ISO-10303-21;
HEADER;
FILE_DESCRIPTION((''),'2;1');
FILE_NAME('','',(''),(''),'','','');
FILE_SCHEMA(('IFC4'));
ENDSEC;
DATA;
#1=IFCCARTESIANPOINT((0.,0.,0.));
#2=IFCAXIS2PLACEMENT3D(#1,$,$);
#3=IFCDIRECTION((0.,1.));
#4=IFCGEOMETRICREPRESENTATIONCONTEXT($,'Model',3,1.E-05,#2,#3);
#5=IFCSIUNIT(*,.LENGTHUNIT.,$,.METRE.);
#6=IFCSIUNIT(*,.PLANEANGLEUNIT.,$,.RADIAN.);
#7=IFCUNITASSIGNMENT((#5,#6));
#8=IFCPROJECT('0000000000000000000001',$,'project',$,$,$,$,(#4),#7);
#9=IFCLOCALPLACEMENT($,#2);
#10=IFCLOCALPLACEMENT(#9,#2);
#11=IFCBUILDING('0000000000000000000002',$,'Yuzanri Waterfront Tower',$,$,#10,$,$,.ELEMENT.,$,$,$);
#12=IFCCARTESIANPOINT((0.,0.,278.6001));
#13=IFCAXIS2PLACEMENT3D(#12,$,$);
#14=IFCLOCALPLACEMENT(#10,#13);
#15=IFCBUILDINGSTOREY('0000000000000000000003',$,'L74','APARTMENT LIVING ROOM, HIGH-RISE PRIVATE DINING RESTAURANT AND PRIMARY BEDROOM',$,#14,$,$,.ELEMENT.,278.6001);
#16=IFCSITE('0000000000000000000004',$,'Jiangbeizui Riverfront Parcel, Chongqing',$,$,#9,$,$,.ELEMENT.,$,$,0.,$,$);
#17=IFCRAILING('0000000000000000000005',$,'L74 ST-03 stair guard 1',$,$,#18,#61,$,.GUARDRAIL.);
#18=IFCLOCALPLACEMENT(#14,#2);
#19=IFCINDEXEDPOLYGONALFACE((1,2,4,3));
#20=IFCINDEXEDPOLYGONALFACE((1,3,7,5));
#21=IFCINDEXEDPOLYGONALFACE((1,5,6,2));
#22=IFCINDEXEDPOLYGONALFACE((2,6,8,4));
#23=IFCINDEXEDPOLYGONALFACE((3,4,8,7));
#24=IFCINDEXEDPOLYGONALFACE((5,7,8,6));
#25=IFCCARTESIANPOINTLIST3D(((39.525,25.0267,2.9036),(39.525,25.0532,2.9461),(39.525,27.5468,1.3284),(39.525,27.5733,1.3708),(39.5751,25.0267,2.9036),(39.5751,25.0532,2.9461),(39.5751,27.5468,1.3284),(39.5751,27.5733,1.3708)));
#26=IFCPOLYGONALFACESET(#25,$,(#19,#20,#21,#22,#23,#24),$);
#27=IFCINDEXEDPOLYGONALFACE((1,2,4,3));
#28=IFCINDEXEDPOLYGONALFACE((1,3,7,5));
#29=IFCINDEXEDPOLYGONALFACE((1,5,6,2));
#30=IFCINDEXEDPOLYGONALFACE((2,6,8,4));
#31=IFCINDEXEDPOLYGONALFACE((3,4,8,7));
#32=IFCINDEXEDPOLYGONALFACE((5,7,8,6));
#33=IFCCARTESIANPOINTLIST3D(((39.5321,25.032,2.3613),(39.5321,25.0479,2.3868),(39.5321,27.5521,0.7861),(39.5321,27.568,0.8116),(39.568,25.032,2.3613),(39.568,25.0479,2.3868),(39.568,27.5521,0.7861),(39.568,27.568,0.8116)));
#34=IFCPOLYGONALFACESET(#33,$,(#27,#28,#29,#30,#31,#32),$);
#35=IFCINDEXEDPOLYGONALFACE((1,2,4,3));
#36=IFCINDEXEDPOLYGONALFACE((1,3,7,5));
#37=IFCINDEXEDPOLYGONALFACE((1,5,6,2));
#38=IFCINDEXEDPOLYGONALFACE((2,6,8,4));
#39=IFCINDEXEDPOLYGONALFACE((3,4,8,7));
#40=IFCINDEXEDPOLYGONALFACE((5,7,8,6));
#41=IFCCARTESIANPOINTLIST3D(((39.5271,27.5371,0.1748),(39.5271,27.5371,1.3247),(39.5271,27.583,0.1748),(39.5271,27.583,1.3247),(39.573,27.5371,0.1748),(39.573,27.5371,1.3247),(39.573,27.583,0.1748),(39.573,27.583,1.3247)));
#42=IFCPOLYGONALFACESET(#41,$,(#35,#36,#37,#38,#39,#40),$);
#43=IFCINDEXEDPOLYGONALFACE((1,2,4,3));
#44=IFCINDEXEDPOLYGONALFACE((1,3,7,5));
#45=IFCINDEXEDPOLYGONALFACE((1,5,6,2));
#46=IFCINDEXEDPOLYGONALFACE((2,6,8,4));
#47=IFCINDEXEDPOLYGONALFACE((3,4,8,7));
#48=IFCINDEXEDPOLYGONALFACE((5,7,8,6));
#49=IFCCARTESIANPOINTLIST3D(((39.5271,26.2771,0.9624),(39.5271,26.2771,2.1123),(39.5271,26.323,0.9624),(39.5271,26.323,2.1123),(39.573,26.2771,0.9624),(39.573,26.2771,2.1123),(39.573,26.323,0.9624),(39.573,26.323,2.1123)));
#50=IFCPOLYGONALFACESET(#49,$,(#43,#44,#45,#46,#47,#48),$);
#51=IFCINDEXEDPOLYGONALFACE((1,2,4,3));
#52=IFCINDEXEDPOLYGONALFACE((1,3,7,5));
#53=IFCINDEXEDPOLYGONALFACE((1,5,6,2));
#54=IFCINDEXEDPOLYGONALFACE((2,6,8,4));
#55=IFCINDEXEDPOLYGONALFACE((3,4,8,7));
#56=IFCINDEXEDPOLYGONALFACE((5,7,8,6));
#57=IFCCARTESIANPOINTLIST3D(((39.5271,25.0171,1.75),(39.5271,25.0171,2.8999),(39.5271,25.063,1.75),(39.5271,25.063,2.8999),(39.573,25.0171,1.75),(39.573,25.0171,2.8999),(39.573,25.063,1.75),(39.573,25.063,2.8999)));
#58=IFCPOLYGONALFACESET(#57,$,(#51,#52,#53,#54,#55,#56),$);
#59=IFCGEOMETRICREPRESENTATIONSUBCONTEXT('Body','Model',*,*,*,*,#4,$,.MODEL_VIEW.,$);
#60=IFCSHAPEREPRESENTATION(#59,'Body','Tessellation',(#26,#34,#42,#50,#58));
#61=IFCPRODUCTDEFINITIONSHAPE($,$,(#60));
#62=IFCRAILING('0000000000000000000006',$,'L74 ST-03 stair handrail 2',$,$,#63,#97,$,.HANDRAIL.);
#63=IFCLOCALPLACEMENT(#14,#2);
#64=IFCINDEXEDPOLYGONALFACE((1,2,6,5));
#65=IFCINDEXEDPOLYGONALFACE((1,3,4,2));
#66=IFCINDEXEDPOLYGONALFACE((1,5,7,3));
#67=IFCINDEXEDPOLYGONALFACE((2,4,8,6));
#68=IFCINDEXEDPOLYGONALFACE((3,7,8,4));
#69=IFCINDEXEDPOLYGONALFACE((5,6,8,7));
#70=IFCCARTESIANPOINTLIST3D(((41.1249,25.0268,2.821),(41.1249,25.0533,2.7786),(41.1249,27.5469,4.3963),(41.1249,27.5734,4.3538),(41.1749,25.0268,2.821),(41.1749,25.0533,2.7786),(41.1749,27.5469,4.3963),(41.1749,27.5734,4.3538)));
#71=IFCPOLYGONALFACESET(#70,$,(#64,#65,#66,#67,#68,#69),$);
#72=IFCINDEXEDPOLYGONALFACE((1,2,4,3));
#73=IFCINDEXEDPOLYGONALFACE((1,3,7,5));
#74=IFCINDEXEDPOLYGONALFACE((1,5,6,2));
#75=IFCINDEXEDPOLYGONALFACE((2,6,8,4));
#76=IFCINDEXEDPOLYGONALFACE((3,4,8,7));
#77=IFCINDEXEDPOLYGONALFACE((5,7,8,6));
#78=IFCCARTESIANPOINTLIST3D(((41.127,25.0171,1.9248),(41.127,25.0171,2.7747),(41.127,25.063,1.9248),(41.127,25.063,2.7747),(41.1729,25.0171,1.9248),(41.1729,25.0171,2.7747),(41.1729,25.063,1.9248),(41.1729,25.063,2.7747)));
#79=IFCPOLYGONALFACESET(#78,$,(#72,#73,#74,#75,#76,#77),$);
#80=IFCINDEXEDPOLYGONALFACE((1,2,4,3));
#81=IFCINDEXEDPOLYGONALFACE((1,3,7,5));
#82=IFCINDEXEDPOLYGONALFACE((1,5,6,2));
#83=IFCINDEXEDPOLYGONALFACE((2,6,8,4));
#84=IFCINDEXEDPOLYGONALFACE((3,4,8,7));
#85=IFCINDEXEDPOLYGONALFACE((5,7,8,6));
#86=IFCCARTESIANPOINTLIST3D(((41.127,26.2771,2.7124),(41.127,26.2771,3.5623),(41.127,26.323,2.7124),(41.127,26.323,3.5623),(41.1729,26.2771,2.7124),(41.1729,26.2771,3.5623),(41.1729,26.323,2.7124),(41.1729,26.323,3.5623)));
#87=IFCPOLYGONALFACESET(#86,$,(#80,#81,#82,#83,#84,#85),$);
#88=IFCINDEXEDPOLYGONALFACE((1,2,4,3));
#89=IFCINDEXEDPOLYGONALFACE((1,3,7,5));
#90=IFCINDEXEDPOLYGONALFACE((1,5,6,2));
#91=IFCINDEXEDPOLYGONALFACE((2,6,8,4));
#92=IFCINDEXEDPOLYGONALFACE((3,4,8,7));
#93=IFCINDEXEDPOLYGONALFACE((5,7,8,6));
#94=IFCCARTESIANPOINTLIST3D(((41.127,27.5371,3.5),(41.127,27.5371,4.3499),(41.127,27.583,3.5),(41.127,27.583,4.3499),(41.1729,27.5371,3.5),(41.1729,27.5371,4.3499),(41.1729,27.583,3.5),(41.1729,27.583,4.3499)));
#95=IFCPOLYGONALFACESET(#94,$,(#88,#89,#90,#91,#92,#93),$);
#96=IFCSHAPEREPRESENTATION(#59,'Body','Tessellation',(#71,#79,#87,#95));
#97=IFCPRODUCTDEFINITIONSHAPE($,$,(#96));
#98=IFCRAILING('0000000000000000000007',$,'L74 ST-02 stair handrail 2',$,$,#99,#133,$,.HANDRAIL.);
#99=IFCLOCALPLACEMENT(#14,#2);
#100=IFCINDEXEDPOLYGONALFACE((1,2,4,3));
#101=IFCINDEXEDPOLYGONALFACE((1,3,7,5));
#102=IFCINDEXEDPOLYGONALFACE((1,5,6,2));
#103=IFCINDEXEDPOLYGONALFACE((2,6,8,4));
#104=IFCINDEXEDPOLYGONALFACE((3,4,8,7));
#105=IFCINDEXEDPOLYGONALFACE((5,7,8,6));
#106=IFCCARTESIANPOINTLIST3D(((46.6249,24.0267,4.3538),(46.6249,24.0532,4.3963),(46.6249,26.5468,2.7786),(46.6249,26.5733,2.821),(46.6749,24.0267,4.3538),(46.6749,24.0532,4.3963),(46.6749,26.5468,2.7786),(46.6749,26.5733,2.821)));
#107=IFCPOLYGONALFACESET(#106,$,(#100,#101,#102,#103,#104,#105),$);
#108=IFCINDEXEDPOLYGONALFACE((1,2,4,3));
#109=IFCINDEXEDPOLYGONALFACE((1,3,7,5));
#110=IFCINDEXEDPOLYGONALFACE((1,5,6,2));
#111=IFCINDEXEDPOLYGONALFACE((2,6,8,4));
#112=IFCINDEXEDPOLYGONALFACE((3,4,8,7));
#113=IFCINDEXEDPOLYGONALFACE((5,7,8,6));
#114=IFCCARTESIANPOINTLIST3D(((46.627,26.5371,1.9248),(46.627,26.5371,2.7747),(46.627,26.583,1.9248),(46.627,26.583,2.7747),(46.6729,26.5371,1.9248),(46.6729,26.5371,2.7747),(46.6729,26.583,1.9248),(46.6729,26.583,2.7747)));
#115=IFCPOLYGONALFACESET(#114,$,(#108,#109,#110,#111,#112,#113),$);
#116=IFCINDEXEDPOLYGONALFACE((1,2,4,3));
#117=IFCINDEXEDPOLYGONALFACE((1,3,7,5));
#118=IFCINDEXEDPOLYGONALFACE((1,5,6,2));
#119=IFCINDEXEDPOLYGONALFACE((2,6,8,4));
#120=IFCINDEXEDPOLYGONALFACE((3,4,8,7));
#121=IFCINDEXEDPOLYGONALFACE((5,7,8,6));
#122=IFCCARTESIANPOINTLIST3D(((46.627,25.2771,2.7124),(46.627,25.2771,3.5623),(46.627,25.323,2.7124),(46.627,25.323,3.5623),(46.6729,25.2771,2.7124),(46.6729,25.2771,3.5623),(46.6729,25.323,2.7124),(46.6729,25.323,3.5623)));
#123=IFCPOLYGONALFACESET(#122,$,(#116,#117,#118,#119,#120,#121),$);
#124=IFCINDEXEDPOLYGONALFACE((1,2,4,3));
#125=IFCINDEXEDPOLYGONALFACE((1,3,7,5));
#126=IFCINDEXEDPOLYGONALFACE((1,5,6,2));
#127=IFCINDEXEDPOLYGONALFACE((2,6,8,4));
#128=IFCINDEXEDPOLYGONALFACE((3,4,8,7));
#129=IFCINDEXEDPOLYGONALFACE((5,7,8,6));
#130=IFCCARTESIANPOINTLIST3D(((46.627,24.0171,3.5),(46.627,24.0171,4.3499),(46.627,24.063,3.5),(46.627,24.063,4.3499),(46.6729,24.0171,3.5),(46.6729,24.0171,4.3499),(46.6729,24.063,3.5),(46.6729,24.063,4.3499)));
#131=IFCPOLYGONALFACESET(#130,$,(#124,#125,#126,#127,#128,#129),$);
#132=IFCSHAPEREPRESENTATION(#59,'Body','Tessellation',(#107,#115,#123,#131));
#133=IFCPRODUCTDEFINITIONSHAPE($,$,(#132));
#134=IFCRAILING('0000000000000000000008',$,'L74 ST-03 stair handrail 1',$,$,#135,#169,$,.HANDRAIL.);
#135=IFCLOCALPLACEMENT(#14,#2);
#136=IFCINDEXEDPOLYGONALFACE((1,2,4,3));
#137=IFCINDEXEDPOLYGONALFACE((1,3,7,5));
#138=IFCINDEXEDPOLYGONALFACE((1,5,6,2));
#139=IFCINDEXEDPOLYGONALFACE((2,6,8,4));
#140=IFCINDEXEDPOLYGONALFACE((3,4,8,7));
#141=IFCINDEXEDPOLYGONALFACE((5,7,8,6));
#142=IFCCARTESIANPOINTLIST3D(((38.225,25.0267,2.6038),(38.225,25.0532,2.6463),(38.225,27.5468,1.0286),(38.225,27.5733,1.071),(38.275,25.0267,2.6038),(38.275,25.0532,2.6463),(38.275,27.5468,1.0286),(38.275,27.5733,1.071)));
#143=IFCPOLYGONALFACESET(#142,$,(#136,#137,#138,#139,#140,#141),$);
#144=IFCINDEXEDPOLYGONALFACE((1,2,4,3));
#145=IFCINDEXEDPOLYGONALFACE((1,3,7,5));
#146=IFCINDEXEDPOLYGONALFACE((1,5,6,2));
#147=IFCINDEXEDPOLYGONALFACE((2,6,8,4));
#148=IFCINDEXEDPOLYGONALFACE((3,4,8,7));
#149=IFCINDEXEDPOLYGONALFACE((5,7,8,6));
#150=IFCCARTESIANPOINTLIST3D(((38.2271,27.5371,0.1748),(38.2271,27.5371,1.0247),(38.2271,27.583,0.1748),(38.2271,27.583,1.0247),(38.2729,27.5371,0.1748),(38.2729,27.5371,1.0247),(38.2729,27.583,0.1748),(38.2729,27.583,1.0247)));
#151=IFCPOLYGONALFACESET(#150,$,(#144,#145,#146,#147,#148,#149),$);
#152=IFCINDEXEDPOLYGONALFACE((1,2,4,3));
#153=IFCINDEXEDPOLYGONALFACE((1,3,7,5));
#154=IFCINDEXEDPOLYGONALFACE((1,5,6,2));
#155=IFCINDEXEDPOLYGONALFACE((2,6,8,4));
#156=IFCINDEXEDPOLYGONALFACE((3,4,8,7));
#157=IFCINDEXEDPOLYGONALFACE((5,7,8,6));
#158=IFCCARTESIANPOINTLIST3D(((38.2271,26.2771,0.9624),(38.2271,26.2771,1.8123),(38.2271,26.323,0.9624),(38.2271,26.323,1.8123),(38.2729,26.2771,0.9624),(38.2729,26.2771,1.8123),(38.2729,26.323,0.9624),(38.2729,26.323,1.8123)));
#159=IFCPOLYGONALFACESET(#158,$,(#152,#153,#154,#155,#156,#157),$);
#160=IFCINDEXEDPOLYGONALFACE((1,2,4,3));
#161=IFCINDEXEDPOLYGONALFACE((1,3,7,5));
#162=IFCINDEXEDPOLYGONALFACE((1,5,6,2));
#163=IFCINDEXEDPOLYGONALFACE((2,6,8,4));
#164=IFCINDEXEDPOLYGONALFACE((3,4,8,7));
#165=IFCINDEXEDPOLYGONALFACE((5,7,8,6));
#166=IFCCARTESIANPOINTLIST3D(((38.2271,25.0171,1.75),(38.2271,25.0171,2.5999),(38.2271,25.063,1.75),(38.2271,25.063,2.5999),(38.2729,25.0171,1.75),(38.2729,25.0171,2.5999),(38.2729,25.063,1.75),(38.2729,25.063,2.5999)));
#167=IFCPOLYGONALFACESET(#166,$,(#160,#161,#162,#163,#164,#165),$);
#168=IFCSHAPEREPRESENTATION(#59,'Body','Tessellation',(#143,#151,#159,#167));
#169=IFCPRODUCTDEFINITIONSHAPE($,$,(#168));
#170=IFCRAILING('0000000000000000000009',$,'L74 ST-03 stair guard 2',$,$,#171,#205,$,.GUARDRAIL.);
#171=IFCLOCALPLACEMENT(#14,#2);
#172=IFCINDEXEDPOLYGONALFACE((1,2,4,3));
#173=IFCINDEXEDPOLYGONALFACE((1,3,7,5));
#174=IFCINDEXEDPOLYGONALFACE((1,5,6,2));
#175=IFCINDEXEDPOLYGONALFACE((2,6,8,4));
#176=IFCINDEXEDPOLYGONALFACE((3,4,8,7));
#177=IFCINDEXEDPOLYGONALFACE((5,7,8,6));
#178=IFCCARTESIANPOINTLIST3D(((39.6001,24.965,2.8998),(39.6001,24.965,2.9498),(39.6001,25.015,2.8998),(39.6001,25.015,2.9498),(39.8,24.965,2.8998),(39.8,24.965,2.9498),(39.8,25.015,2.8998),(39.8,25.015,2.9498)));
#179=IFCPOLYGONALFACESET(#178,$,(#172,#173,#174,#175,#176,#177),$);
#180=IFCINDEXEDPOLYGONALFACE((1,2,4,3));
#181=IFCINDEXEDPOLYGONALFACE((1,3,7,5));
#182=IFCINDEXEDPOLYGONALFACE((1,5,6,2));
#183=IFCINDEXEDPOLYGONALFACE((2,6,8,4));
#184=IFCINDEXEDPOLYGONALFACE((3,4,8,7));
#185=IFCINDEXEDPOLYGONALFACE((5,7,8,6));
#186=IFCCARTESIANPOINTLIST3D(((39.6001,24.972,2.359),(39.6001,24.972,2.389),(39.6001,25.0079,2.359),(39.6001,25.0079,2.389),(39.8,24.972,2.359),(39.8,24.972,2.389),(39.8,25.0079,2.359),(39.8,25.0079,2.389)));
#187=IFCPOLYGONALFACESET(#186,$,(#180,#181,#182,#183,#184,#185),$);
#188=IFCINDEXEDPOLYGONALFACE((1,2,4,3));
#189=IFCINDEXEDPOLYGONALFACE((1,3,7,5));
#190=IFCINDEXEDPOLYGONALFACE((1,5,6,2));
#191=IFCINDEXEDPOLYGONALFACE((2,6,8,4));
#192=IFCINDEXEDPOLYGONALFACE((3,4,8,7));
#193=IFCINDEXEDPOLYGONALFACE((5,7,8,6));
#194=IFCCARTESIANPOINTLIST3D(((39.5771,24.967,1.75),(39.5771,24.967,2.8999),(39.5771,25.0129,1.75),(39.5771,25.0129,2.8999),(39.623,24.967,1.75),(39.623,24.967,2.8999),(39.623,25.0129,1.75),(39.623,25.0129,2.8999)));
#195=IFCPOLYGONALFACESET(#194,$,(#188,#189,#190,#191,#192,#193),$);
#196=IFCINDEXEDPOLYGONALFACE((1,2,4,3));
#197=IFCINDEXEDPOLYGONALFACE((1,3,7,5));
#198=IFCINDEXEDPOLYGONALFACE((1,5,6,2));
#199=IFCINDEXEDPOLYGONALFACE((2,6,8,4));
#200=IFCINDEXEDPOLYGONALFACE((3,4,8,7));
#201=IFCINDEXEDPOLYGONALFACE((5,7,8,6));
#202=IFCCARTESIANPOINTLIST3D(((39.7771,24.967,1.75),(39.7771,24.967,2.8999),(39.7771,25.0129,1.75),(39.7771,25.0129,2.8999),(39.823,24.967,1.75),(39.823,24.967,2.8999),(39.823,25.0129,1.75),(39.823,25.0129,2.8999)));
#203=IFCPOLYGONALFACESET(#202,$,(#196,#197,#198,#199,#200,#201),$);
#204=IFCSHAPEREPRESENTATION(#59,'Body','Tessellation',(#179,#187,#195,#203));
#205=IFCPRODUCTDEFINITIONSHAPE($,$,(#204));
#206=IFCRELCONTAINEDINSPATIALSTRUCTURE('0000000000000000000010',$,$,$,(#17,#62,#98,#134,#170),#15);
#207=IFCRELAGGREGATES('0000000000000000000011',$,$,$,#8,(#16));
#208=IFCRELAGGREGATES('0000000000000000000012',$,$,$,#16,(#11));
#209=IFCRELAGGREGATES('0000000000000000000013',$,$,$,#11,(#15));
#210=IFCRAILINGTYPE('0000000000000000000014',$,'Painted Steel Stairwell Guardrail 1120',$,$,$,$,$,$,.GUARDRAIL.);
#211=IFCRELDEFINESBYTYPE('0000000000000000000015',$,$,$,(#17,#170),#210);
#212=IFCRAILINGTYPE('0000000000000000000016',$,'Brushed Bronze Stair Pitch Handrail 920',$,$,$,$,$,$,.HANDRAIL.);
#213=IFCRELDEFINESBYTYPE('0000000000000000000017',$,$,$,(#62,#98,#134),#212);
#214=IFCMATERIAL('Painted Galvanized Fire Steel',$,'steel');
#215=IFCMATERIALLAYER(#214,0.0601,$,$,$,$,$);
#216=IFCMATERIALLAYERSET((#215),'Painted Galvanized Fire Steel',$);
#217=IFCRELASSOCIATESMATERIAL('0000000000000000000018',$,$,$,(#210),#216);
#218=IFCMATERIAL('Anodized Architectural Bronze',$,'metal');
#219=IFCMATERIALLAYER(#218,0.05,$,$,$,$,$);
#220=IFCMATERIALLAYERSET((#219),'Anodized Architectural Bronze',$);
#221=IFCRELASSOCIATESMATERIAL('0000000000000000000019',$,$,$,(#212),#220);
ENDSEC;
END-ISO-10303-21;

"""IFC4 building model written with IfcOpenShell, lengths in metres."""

from ifc_helpers import new_model, si_unit, direction, frame, origin, origin_2d, place, context, subcontext, project, spatial, rectangle, extrude, source, transform, mapped, material, layer, layer_set, type_object, element, save


model = new_model("IFC4")

# Units and contexts
model_context = context("Model", 3, precision=1e-05, world=origin(), true_north=direction((0.0, 1.0)))
body_context = subcontext(model_context, "Body", "Model", "MODEL_VIEW")
ifc_project = project(units=[si_unit("LENGTHUNIT", "METRE"), si_unit("PLANEANGLEUNIT", "RADIAN")], contexts=[model_context])

# Site, building, storey
site_placement = place(None, origin())
site = spatial("IfcSite", under=ifc_project, at=site_placement, Name="Jiangbeizui Riverfront Parcel, Chongqing", CompositionType="ELEMENT", RefElevation=0.0)
building_placement = place(site_placement, origin())
building = spatial("IfcBuilding", under=site, at=building_placement, Name="Yuzanri Waterfront Tower", CompositionType="ELEMENT")
storey_placement = place(building_placement, frame((0.0, 0.0, 278.6001)))
storey = spatial("IfcBuildingStorey", under=building, at=storey_placement, Name="L74", Description="APARTMENT LIVING ROOM, HIGH-RISE PRIVATE DINING RESTAURANT AND PRIMARY BEDROOM", CompositionType="ELEMENT", Elevation=278.6001)

# Railings
ifc_material_1 = material(Name="Painted Galvanized Fire Steel", Category="steel")
ifc_layer_1 = layer(ifc_material_1, 0.0601)
ifc_layer_set_1 = layer_set([ifc_layer_1], Name="Painted Galvanized Fire Steel")
railing_type_1 = type_object("IfcRailingType", Name="Painted Steel Stairwell Guardrail 1120", PredefinedType="GUARDRAIL", material=ifc_layer_set_1)
shared_shape_1 = source(origin(), body_context, "Body", "SweptSolid", [
    extrude(rectangle(XDim=0.05, YDim=0.05, at=origin_2d()), frame((0.0, 0.0, 1.1748), z_axis=(0.0, -0.847971, 0.530043), x_axis=(1.0, 0.0, 0.0)), (0.0, 0.0, 1.0), 2.9719),
    extrude(rectangle(XDim=0.0359, YDim=0.03, at=origin_2d()), frame((0.0, 0.0, 0.624), z_axis=(0.0, -0.847971, 0.530043), x_axis=(1.0, 0.0, 0.0)), (0.0, 0.0, 1.0), 2.9719),
    extrude(rectangle(XDim=0.0459, YDim=0.0459, at=origin_2d()), origin(), (0.0, 0.0, 1.0), 1.1499),
    extrude(rectangle(XDim=0.0459, YDim=0.0459, at=origin_2d()), frame((0.0, -1.26, 0.7876)), (0.0, 0.0, 1.0), 1.1499),
    extrude(rectangle(XDim=0.0459, YDim=0.0459, at=origin_2d()), frame((0.0, -2.52, 1.5752)), (0.0, 0.0, 1.0), 1.1499),
])
for number, where, name in (
    (1, (39.55, 27.5601, 0.1748), "L74 ST-03 stair guard 1"),
):
    element("IfcRailing", number, at=place(storey_placement, frame(where)), inside=storey, type_object=railing_type_1, Name=name, PredefinedType="GUARDRAIL", context=body_context, shape_type="MappedRepresentation", body=[
        mapped(shared_shape_1, transform((0.0, 0.0, 0.0), scale=1.0)),
    ])
ifc_material_2 = material(Name="Anodized Architectural Bronze", Category="metal")
ifc_layer_2 = layer(ifc_material_2, 0.05)
ifc_layer_set_2 = layer_set([ifc_layer_2], Name="Anodized Architectural Bronze")
railing_type_2 = type_object("IfcRailingType", Name="Brushed Bronze Stair Pitch Handrail 920", PredefinedType="HANDRAIL", material=ifc_layer_set_2)
shared_shape_2 = source(origin(), body_context, "Body", "SweptSolid", [
    extrude(rectangle(XDim=0.05, YDim=0.05, at=origin_2d()), frame((0.0, 0.0, 0.875), z_axis=(0.0, 0.847971, 0.530043), x_axis=(-1.0, 0.0, 0.0)), (0.0, 0.0, 1.0), 2.9719),
    extrude(rectangle(XDim=0.0459, YDim=0.0459, at=origin_2d()), origin(), (0.0, 0.0, 1.0), 0.8499),
    extrude(rectangle(XDim=0.0459, YDim=0.0459, at=origin_2d()), frame((0.0, 1.26, 0.7876)), (0.0, 0.0, 1.0), 0.8499),
    extrude(rectangle(XDim=0.0459, YDim=0.0459, at=origin_2d()), frame((0.0, 2.52, 1.5752)), (0.0, 0.0, 1.0), 0.8499),
])
railing_1_placement = place(storey_placement, frame((41.1499, 25.04, 1.9248)))
element("IfcRailing", 2, at=railing_1_placement, inside=storey, type_object=railing_type_2, Name="L74 ST-03 stair handrail 2", PredefinedType="HANDRAIL", context=body_context, shape_type="MappedRepresentation", body=[
    mapped(shared_shape_2, transform((0.0, 0.0, 0.0), scale=1.0)),
])
shared_shape_3 = source(origin(), body_context, "Body", "SweptSolid", [
    extrude(rectangle(XDim=0.05, YDim=0.05, at=origin_2d()), frame((0.0, 0.0, 0.875), z_axis=(0.0, -0.847971, 0.530043), x_axis=(1.0, 0.0, 0.0)), (0.0, 0.0, 1.0), 2.9719),
    extrude(rectangle(XDim=0.0459, YDim=0.0459, at=origin_2d()), origin(), (0.0, 0.0, 1.0), 0.8499),
    extrude(rectangle(XDim=0.0459, YDim=0.0459, at=origin_2d()), frame((0.0, -1.26, 0.7876)), (0.0, 0.0, 1.0), 0.8499),
    extrude(rectangle(XDim=0.0459, YDim=0.0459, at=origin_2d()), frame((0.0, -2.52, 1.5752)), (0.0, 0.0, 1.0), 0.8499),
])
for number, where, name in (
    (3, (46.6499, 26.5601, 1.9248), "L74 ST-02 stair handrail 2"),
    (4, (38.25, 27.5601, 0.1748), "L74 ST-03 stair handrail 1"),
):
    element("IfcRailing", number, at=place(storey_placement, frame(where)), inside=storey, type_object=railing_type_2, Name=name, PredefinedType="HANDRAIL", context=body_context, shape_type="MappedRepresentation", body=[
        mapped(shared_shape_3, transform((0.0, 0.0, 0.0), scale=1.0)),
    ])
shared_shape_4 = source(origin(), body_context, "Body", "SweptSolid", [
    extrude(rectangle(XDim=0.05, YDim=0.05, at=origin_2d()), frame((0.0, 0.0, 1.1748), z_axis=(1.0, 0.0, 0.0), x_axis=(0.0, 1.0, 0.0)), (0.0, 0.0, 1.0), 0.2),
    extrude(rectangle(XDim=0.0359, YDim=0.03, at=origin_2d()), frame((0.0, 0.0, 0.624), z_axis=(1.0, 0.0, 0.0), x_axis=(0.0, 1.0, 0.0)), (0.0, 0.0, 1.0), 0.2),
    extrude(rectangle(XDim=0.0459, YDim=0.0459, at=origin_2d()), origin(), (0.0, 0.0, 1.0), 1.1499),
    extrude(rectangle(XDim=0.0459, YDim=0.0459, at=origin_2d()), frame((0.2, 0.0, 0.0)), (0.0, 0.0, 1.0), 1.1499),
])
for number, where, name in (
    (5, (39.6001, 24.99, 1.75), "L74 ST-03 stair guard 2"),
):
    element("IfcRailing", number, at=place(storey_placement, frame(where)), inside=storey, type_object=railing_type_1, Name=name, PredefinedType="GUARDRAIL", context=body_context, shape_type="MappedRepresentation", body=[
        mapped(shared_shape_4, transform((0.0, 0.0, 0.0), scale=1.0)),
    ])

save(model, "model.ifc")
